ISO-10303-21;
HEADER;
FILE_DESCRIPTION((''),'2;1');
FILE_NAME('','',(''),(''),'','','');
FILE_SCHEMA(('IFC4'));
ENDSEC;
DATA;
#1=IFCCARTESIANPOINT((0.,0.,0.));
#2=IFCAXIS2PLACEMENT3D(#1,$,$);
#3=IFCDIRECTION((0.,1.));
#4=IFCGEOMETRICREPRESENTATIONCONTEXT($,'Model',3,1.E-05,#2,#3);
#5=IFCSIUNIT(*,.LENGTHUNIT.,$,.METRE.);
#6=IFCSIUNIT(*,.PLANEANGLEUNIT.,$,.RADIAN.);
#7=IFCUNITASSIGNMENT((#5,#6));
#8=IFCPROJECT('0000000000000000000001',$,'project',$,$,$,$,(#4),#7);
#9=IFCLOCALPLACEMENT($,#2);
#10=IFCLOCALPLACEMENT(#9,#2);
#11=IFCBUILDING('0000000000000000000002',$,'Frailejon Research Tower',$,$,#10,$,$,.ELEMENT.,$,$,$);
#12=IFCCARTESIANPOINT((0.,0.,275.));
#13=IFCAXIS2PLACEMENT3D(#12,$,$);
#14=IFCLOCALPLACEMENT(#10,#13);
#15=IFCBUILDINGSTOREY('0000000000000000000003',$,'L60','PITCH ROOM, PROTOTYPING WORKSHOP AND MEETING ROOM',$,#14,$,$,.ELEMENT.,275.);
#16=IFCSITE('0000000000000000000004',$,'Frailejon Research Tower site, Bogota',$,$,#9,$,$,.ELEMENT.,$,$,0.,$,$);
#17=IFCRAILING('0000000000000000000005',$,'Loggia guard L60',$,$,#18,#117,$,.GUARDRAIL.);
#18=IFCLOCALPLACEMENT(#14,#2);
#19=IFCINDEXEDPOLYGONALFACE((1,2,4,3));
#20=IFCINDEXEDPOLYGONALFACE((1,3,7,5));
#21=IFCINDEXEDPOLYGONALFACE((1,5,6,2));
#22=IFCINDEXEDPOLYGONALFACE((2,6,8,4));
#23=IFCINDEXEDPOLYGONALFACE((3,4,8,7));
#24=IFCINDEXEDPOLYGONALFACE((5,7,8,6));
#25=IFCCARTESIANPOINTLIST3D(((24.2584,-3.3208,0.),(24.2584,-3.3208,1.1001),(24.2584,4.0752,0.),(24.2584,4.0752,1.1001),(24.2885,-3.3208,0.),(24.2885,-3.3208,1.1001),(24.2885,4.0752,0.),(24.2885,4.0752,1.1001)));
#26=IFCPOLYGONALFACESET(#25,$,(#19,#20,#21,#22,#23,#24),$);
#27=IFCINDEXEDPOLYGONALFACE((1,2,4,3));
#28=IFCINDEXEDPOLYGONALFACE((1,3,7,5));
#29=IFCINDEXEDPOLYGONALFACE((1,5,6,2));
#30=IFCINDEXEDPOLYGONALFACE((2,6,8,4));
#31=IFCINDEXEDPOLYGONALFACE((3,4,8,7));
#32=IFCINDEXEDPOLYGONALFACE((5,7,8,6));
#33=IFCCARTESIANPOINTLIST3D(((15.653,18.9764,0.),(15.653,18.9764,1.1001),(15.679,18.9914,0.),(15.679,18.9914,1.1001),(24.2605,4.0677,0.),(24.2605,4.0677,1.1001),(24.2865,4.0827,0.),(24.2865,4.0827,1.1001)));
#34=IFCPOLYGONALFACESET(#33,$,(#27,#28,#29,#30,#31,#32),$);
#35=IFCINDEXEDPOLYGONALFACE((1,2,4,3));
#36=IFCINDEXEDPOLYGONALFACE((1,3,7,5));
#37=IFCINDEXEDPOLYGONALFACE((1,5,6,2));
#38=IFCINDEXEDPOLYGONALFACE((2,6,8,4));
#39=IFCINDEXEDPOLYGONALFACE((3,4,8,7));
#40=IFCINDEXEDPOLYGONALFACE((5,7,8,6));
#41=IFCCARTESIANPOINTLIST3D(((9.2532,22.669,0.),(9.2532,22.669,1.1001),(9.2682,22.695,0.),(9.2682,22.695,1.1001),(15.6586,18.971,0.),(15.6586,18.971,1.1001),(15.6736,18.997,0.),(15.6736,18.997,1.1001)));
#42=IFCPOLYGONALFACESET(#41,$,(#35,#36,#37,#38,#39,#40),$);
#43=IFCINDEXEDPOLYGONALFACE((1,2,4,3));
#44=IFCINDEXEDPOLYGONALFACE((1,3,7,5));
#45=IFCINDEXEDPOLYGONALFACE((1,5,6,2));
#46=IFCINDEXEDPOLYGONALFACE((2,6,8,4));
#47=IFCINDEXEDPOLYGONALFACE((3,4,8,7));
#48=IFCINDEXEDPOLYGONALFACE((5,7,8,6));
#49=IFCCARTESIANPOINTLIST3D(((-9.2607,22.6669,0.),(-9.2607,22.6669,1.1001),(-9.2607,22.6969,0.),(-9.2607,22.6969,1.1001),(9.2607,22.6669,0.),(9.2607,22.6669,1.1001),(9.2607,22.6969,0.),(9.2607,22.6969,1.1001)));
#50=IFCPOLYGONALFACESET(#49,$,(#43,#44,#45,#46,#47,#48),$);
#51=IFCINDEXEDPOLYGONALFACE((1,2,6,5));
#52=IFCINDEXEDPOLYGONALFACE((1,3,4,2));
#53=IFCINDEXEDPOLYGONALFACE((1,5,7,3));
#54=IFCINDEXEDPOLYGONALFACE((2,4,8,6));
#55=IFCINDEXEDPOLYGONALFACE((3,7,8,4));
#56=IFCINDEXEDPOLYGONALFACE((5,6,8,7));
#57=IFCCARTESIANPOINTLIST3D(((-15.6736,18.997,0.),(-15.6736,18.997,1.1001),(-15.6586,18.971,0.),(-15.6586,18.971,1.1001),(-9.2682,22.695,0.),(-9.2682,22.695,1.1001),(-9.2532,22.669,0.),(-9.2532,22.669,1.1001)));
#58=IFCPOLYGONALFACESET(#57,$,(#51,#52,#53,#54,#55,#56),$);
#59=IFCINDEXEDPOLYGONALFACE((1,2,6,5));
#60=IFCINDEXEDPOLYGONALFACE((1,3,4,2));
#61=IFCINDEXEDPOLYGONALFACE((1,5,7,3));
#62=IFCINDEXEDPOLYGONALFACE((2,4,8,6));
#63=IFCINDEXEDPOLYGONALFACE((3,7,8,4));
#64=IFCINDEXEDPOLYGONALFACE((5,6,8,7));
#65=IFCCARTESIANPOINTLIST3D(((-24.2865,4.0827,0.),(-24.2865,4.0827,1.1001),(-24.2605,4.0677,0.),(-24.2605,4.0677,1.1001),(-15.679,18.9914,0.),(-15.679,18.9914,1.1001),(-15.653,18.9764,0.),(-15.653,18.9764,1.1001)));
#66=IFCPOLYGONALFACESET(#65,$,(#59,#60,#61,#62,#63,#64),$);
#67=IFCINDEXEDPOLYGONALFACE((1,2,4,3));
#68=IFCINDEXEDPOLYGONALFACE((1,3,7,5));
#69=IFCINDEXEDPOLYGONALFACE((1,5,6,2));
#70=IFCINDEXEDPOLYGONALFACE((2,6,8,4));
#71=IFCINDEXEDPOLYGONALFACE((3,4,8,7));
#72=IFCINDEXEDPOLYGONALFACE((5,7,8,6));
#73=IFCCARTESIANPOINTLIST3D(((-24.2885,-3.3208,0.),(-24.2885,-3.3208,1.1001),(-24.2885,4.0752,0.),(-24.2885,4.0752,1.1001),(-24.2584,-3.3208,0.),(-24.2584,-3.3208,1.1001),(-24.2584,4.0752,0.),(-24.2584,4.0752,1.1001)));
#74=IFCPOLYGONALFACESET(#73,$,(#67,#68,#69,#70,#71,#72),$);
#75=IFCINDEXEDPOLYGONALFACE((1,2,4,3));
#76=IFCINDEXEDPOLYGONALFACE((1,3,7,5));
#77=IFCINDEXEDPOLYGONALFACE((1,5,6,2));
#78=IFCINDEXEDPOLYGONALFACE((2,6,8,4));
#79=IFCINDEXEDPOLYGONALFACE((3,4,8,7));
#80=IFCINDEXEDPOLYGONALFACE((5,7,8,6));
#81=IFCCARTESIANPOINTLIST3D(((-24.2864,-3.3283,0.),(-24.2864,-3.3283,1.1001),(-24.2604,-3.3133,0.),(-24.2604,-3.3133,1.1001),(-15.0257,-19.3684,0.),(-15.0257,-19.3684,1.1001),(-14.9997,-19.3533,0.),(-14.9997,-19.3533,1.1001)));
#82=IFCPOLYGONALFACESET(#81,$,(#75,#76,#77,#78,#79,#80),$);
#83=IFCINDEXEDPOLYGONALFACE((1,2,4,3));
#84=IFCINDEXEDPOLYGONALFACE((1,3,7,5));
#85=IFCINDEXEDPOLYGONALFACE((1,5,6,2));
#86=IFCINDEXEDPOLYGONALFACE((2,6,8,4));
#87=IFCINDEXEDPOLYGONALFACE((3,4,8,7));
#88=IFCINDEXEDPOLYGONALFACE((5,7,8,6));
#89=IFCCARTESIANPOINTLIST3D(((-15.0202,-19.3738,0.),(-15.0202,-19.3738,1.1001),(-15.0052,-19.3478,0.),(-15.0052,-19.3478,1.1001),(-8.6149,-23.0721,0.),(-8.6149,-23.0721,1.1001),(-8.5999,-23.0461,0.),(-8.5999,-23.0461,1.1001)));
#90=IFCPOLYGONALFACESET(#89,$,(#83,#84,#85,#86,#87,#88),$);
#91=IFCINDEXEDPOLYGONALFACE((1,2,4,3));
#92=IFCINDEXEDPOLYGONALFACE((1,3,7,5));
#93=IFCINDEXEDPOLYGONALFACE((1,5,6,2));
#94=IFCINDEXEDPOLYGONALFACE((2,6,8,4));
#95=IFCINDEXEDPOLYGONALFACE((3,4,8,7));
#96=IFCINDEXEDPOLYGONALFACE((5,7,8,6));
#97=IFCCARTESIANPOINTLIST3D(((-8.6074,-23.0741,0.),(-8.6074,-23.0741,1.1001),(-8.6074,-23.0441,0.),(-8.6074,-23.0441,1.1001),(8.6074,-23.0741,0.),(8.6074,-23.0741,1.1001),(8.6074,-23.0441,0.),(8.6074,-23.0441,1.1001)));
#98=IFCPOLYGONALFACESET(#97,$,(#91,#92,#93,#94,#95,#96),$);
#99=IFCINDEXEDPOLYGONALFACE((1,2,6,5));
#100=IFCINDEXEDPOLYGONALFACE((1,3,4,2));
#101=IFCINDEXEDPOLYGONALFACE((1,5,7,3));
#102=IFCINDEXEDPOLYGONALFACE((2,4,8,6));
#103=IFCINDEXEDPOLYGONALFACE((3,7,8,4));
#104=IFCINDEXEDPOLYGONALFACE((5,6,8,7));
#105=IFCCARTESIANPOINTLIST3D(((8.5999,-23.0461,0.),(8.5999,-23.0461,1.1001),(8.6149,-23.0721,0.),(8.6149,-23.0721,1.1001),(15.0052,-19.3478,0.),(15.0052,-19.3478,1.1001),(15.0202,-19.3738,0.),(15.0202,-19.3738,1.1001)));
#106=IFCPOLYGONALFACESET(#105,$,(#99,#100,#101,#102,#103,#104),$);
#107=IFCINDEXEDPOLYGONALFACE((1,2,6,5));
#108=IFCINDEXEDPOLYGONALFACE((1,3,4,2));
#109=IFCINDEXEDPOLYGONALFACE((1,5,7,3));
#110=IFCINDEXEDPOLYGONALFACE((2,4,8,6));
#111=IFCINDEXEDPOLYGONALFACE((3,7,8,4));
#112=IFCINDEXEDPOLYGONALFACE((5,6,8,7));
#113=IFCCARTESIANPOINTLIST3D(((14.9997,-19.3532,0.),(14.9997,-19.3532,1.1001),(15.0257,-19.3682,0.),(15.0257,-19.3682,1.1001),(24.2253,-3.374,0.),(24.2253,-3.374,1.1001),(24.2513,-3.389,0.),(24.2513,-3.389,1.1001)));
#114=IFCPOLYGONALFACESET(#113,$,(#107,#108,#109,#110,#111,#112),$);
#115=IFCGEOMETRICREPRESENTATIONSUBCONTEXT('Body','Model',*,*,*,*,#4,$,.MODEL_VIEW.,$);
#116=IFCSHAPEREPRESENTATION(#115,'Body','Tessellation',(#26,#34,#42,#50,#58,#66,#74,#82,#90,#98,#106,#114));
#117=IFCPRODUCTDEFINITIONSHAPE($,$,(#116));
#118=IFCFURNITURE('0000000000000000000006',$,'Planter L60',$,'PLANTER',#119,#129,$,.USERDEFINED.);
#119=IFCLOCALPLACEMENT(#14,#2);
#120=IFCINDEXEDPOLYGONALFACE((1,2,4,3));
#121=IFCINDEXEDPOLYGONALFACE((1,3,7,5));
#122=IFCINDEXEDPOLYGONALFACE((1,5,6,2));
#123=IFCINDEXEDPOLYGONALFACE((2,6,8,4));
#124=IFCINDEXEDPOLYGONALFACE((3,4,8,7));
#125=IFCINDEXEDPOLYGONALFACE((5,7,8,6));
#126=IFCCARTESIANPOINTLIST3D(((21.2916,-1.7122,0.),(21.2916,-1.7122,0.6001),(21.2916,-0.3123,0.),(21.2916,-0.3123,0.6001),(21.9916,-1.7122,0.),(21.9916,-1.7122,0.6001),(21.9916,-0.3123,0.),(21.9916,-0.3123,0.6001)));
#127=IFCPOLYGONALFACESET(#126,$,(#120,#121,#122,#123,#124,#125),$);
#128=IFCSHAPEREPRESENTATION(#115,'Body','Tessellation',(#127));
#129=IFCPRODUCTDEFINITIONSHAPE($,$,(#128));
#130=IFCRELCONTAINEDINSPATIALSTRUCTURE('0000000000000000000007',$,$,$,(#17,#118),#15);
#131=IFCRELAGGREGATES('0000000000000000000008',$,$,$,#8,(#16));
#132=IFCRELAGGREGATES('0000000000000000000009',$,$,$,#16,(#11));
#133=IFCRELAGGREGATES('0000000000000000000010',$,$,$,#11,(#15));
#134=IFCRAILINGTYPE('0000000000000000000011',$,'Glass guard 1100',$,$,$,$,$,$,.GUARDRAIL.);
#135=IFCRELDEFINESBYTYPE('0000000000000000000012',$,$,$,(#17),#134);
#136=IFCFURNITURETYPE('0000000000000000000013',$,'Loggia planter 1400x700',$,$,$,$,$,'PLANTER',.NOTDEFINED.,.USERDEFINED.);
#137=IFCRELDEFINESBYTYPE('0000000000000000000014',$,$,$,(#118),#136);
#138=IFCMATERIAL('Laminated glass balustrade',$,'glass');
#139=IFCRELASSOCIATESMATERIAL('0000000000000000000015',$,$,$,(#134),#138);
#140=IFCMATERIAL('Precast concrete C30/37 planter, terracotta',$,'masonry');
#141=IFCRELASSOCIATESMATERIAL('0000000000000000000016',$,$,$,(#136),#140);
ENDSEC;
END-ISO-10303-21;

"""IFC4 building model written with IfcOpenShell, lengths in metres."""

from ifc_helpers import new_model, si_unit, direction, frame, origin, origin_2d, place, context, subcontext, project, spatial, rectangle, extrude, material, type_object, element, save


model = new_model("IFC4")

# Units and contexts
model_context = context("Model", 3, precision=1e-05, world=origin(), true_north=direction((0.0, 1.0)))
body_context = subcontext(model_context, "Body", "Model", "MODEL_VIEW")
ifc_project = project(units=[si_unit("LENGTHUNIT", "METRE"), si_unit("PLANEANGLEUNIT", "RADIAN")], contexts=[model_context])

# Site, building, storey
site_placement = place(None, origin())
site = spatial("IfcSite", under=ifc_project, at=site_placement, Name="Frailejon Research Tower site, Bogota", CompositionType="ELEMENT", RefElevation=0.0)
building_placement = place(site_placement, origin())
building = spatial("IfcBuilding", under=site, at=building_placement, Name="Frailejon Research Tower", CompositionType="ELEMENT")
storey_placement = place(building_placement, frame((0.0, 0.0, 275.0)))
storey = spatial("IfcBuildingStorey", under=building, at=storey_placement, Name="L60", Description="PITCH ROOM, PROTOTYPING WORKSHOP AND MEETING ROOM", CompositionType="ELEMENT", Elevation=275.0)

# Railing
ifc_material_1 = material(Name="Laminated glass balustrade", Category="glass")
railing_type = type_object("IfcRailingType", Name="Glass guard 1100", PredefinedType="GUARDRAIL", material=ifc_material_1)
railing_placement = place(storey_placement, frame((24.2734, -3.3208, 0.0)))
element("IfcRailing", 1, at=railing_placement, inside=storey, type_object=railing_type, Name="Loggia guard L60", PredefinedType="GUARDRAIL", context=body_context, shape_type="SweptSolid", body=[
    extrude(rectangle(XDim=7.396, YDim=0.03, at=origin_2d()), frame((0.0, 3.698, 0.0), z_axis=(0.0, 0.0, 1.0), x_axis=(0.0, 1.0, 0.0)), (0.0, 0.0, 1.0), 1.1001),
    extrude(rectangle(XDim=17.2151, YDim=0.03, at=origin_2d()), frame((-4.3037, 14.8503, 0.0), z_axis=(0.0, 0.0, 1.0), x_axis=(-0.499995, 0.866028, 0.0)), (0.0, 0.0, 1.0), 1.1001),
    extrude(rectangle(XDim=7.3962, YDim=0.03, at=origin_2d()), frame((-11.8101, 24.1538, 0.0), z_axis=(0.0, 0.0, 1.0), x_axis=(-0.866031, 0.499991, 0.0)), (0.0, 0.0, 1.0), 1.1001),
    extrude(rectangle(XDim=18.5215, YDim=0.03, at=origin_2d()), frame((-24.2734, 26.0027, 0.0), z_axis=(0.0, 0.0, 1.0), x_axis=(-1.0, 0.0, 0.0)), (0.0, 0.0, 1.0), 1.1001),
    extrude(rectangle(XDim=7.3962, YDim=0.03, at=origin_2d()), frame((-36.7368, 24.1538, 0.0), z_axis=(0.0, 0.0, 1.0), x_axis=(-0.866031, -0.499991, 0.0)), (0.0, 0.0, 1.0), 1.1001),
    extrude(rectangle(XDim=17.2151, YDim=0.03, at=origin_2d()), frame((-44.2432, 14.8503, 0.0), z_axis=(0.0, 0.0, 1.0), x_axis=(-0.499995, -0.866028, 0.0)), (0.0, 0.0, 1.0), 1.1001),
    extrude(rectangle(XDim=7.396, YDim=0.03, at=origin_2d()), frame((-48.5469, 3.698, 0.0), z_axis=(0.0, 0.0, 1.0), x_axis=(0.0, -1.0, 0.0)), (0.0, 0.0, 1.0), 1.1001),
    extrude(rectangle(XDim=18.5215, YDim=0.03, at=origin_2d()), frame((-43.9165, -8.02, 0.0), z_axis=(0.0, 0.0, 1.0), x_axis=(0.500001, -0.866025, 0.0)), (0.0, 0.0, 1.0), 1.1001),
    extrude(rectangle(XDim=7.3962, YDim=0.03, at=origin_2d()), frame((-36.0835, -17.8892, 0.0), z_axis=(0.0, 0.0, 1.0), x_axis=(0.866016, -0.500016, 0.0)), (0.0, 0.0, 1.0), 1.1001),
    extrude(rectangle(XDim=17.2148, YDim=0.03, at=origin_2d()), frame((-24.2734, -19.7383, 0.0), z_axis=(0.0, 0.0, 1.0), x_axis=(1.0, 0.0, 0.0)), (0.0, 0.0, 1.0), 1.1001),
    extrude(rectangle(XDim=7.3962, YDim=0.03, at=origin_2d()), frame((-12.4634, -17.8892, 0.0), z_axis=(0.0, 0.0, 1.0), x_axis=(0.866016, 0.500016, 0.0)), (0.0, 0.0, 1.0), 1.1001),
    extrude(rectangle(XDim=18.4512, YDim=0.03, at=origin_2d()), frame((-4.6479, -8.0503, 0.0), z_axis=(0.0, 0.0, 1.0), x_axis=(0.499998, 0.866026, 0.0)), (0.0, 0.0, 1.0), 1.1001),
])

# Furniture
ifc_material_2 = material(Name="Precast concrete C30/37 planter, terracotta", Category="masonry")
furniture_type = type_object("IfcFurnitureType", Name="Loggia planter 1400x700", ElementType="PLANTER", AssemblyPlace="NOTDEFINED", PredefinedType="USERDEFINED", material=ifc_material_2)
furniture_placement = place(storey_placement, frame((21.6416, -1.0122, 0.0), z_axis=(0.0, 0.0, 1.0), x_axis=(0.0, 1.0, 0.0)))
element("IfcFurniture", 2, at=furniture_placement, inside=storey, type_object=furniture_type, Name="Planter L60", ObjectType="PLANTER", PredefinedType="USERDEFINED", context=body_context, shape_type="SweptSolid", body=[
    extrude(rectangle(XDim=1.3999, YDim=0.7, at=origin_2d()), origin(), (0.0, 0.0, 1.0), 0.6001),
])

save(model, "model.ifc")
